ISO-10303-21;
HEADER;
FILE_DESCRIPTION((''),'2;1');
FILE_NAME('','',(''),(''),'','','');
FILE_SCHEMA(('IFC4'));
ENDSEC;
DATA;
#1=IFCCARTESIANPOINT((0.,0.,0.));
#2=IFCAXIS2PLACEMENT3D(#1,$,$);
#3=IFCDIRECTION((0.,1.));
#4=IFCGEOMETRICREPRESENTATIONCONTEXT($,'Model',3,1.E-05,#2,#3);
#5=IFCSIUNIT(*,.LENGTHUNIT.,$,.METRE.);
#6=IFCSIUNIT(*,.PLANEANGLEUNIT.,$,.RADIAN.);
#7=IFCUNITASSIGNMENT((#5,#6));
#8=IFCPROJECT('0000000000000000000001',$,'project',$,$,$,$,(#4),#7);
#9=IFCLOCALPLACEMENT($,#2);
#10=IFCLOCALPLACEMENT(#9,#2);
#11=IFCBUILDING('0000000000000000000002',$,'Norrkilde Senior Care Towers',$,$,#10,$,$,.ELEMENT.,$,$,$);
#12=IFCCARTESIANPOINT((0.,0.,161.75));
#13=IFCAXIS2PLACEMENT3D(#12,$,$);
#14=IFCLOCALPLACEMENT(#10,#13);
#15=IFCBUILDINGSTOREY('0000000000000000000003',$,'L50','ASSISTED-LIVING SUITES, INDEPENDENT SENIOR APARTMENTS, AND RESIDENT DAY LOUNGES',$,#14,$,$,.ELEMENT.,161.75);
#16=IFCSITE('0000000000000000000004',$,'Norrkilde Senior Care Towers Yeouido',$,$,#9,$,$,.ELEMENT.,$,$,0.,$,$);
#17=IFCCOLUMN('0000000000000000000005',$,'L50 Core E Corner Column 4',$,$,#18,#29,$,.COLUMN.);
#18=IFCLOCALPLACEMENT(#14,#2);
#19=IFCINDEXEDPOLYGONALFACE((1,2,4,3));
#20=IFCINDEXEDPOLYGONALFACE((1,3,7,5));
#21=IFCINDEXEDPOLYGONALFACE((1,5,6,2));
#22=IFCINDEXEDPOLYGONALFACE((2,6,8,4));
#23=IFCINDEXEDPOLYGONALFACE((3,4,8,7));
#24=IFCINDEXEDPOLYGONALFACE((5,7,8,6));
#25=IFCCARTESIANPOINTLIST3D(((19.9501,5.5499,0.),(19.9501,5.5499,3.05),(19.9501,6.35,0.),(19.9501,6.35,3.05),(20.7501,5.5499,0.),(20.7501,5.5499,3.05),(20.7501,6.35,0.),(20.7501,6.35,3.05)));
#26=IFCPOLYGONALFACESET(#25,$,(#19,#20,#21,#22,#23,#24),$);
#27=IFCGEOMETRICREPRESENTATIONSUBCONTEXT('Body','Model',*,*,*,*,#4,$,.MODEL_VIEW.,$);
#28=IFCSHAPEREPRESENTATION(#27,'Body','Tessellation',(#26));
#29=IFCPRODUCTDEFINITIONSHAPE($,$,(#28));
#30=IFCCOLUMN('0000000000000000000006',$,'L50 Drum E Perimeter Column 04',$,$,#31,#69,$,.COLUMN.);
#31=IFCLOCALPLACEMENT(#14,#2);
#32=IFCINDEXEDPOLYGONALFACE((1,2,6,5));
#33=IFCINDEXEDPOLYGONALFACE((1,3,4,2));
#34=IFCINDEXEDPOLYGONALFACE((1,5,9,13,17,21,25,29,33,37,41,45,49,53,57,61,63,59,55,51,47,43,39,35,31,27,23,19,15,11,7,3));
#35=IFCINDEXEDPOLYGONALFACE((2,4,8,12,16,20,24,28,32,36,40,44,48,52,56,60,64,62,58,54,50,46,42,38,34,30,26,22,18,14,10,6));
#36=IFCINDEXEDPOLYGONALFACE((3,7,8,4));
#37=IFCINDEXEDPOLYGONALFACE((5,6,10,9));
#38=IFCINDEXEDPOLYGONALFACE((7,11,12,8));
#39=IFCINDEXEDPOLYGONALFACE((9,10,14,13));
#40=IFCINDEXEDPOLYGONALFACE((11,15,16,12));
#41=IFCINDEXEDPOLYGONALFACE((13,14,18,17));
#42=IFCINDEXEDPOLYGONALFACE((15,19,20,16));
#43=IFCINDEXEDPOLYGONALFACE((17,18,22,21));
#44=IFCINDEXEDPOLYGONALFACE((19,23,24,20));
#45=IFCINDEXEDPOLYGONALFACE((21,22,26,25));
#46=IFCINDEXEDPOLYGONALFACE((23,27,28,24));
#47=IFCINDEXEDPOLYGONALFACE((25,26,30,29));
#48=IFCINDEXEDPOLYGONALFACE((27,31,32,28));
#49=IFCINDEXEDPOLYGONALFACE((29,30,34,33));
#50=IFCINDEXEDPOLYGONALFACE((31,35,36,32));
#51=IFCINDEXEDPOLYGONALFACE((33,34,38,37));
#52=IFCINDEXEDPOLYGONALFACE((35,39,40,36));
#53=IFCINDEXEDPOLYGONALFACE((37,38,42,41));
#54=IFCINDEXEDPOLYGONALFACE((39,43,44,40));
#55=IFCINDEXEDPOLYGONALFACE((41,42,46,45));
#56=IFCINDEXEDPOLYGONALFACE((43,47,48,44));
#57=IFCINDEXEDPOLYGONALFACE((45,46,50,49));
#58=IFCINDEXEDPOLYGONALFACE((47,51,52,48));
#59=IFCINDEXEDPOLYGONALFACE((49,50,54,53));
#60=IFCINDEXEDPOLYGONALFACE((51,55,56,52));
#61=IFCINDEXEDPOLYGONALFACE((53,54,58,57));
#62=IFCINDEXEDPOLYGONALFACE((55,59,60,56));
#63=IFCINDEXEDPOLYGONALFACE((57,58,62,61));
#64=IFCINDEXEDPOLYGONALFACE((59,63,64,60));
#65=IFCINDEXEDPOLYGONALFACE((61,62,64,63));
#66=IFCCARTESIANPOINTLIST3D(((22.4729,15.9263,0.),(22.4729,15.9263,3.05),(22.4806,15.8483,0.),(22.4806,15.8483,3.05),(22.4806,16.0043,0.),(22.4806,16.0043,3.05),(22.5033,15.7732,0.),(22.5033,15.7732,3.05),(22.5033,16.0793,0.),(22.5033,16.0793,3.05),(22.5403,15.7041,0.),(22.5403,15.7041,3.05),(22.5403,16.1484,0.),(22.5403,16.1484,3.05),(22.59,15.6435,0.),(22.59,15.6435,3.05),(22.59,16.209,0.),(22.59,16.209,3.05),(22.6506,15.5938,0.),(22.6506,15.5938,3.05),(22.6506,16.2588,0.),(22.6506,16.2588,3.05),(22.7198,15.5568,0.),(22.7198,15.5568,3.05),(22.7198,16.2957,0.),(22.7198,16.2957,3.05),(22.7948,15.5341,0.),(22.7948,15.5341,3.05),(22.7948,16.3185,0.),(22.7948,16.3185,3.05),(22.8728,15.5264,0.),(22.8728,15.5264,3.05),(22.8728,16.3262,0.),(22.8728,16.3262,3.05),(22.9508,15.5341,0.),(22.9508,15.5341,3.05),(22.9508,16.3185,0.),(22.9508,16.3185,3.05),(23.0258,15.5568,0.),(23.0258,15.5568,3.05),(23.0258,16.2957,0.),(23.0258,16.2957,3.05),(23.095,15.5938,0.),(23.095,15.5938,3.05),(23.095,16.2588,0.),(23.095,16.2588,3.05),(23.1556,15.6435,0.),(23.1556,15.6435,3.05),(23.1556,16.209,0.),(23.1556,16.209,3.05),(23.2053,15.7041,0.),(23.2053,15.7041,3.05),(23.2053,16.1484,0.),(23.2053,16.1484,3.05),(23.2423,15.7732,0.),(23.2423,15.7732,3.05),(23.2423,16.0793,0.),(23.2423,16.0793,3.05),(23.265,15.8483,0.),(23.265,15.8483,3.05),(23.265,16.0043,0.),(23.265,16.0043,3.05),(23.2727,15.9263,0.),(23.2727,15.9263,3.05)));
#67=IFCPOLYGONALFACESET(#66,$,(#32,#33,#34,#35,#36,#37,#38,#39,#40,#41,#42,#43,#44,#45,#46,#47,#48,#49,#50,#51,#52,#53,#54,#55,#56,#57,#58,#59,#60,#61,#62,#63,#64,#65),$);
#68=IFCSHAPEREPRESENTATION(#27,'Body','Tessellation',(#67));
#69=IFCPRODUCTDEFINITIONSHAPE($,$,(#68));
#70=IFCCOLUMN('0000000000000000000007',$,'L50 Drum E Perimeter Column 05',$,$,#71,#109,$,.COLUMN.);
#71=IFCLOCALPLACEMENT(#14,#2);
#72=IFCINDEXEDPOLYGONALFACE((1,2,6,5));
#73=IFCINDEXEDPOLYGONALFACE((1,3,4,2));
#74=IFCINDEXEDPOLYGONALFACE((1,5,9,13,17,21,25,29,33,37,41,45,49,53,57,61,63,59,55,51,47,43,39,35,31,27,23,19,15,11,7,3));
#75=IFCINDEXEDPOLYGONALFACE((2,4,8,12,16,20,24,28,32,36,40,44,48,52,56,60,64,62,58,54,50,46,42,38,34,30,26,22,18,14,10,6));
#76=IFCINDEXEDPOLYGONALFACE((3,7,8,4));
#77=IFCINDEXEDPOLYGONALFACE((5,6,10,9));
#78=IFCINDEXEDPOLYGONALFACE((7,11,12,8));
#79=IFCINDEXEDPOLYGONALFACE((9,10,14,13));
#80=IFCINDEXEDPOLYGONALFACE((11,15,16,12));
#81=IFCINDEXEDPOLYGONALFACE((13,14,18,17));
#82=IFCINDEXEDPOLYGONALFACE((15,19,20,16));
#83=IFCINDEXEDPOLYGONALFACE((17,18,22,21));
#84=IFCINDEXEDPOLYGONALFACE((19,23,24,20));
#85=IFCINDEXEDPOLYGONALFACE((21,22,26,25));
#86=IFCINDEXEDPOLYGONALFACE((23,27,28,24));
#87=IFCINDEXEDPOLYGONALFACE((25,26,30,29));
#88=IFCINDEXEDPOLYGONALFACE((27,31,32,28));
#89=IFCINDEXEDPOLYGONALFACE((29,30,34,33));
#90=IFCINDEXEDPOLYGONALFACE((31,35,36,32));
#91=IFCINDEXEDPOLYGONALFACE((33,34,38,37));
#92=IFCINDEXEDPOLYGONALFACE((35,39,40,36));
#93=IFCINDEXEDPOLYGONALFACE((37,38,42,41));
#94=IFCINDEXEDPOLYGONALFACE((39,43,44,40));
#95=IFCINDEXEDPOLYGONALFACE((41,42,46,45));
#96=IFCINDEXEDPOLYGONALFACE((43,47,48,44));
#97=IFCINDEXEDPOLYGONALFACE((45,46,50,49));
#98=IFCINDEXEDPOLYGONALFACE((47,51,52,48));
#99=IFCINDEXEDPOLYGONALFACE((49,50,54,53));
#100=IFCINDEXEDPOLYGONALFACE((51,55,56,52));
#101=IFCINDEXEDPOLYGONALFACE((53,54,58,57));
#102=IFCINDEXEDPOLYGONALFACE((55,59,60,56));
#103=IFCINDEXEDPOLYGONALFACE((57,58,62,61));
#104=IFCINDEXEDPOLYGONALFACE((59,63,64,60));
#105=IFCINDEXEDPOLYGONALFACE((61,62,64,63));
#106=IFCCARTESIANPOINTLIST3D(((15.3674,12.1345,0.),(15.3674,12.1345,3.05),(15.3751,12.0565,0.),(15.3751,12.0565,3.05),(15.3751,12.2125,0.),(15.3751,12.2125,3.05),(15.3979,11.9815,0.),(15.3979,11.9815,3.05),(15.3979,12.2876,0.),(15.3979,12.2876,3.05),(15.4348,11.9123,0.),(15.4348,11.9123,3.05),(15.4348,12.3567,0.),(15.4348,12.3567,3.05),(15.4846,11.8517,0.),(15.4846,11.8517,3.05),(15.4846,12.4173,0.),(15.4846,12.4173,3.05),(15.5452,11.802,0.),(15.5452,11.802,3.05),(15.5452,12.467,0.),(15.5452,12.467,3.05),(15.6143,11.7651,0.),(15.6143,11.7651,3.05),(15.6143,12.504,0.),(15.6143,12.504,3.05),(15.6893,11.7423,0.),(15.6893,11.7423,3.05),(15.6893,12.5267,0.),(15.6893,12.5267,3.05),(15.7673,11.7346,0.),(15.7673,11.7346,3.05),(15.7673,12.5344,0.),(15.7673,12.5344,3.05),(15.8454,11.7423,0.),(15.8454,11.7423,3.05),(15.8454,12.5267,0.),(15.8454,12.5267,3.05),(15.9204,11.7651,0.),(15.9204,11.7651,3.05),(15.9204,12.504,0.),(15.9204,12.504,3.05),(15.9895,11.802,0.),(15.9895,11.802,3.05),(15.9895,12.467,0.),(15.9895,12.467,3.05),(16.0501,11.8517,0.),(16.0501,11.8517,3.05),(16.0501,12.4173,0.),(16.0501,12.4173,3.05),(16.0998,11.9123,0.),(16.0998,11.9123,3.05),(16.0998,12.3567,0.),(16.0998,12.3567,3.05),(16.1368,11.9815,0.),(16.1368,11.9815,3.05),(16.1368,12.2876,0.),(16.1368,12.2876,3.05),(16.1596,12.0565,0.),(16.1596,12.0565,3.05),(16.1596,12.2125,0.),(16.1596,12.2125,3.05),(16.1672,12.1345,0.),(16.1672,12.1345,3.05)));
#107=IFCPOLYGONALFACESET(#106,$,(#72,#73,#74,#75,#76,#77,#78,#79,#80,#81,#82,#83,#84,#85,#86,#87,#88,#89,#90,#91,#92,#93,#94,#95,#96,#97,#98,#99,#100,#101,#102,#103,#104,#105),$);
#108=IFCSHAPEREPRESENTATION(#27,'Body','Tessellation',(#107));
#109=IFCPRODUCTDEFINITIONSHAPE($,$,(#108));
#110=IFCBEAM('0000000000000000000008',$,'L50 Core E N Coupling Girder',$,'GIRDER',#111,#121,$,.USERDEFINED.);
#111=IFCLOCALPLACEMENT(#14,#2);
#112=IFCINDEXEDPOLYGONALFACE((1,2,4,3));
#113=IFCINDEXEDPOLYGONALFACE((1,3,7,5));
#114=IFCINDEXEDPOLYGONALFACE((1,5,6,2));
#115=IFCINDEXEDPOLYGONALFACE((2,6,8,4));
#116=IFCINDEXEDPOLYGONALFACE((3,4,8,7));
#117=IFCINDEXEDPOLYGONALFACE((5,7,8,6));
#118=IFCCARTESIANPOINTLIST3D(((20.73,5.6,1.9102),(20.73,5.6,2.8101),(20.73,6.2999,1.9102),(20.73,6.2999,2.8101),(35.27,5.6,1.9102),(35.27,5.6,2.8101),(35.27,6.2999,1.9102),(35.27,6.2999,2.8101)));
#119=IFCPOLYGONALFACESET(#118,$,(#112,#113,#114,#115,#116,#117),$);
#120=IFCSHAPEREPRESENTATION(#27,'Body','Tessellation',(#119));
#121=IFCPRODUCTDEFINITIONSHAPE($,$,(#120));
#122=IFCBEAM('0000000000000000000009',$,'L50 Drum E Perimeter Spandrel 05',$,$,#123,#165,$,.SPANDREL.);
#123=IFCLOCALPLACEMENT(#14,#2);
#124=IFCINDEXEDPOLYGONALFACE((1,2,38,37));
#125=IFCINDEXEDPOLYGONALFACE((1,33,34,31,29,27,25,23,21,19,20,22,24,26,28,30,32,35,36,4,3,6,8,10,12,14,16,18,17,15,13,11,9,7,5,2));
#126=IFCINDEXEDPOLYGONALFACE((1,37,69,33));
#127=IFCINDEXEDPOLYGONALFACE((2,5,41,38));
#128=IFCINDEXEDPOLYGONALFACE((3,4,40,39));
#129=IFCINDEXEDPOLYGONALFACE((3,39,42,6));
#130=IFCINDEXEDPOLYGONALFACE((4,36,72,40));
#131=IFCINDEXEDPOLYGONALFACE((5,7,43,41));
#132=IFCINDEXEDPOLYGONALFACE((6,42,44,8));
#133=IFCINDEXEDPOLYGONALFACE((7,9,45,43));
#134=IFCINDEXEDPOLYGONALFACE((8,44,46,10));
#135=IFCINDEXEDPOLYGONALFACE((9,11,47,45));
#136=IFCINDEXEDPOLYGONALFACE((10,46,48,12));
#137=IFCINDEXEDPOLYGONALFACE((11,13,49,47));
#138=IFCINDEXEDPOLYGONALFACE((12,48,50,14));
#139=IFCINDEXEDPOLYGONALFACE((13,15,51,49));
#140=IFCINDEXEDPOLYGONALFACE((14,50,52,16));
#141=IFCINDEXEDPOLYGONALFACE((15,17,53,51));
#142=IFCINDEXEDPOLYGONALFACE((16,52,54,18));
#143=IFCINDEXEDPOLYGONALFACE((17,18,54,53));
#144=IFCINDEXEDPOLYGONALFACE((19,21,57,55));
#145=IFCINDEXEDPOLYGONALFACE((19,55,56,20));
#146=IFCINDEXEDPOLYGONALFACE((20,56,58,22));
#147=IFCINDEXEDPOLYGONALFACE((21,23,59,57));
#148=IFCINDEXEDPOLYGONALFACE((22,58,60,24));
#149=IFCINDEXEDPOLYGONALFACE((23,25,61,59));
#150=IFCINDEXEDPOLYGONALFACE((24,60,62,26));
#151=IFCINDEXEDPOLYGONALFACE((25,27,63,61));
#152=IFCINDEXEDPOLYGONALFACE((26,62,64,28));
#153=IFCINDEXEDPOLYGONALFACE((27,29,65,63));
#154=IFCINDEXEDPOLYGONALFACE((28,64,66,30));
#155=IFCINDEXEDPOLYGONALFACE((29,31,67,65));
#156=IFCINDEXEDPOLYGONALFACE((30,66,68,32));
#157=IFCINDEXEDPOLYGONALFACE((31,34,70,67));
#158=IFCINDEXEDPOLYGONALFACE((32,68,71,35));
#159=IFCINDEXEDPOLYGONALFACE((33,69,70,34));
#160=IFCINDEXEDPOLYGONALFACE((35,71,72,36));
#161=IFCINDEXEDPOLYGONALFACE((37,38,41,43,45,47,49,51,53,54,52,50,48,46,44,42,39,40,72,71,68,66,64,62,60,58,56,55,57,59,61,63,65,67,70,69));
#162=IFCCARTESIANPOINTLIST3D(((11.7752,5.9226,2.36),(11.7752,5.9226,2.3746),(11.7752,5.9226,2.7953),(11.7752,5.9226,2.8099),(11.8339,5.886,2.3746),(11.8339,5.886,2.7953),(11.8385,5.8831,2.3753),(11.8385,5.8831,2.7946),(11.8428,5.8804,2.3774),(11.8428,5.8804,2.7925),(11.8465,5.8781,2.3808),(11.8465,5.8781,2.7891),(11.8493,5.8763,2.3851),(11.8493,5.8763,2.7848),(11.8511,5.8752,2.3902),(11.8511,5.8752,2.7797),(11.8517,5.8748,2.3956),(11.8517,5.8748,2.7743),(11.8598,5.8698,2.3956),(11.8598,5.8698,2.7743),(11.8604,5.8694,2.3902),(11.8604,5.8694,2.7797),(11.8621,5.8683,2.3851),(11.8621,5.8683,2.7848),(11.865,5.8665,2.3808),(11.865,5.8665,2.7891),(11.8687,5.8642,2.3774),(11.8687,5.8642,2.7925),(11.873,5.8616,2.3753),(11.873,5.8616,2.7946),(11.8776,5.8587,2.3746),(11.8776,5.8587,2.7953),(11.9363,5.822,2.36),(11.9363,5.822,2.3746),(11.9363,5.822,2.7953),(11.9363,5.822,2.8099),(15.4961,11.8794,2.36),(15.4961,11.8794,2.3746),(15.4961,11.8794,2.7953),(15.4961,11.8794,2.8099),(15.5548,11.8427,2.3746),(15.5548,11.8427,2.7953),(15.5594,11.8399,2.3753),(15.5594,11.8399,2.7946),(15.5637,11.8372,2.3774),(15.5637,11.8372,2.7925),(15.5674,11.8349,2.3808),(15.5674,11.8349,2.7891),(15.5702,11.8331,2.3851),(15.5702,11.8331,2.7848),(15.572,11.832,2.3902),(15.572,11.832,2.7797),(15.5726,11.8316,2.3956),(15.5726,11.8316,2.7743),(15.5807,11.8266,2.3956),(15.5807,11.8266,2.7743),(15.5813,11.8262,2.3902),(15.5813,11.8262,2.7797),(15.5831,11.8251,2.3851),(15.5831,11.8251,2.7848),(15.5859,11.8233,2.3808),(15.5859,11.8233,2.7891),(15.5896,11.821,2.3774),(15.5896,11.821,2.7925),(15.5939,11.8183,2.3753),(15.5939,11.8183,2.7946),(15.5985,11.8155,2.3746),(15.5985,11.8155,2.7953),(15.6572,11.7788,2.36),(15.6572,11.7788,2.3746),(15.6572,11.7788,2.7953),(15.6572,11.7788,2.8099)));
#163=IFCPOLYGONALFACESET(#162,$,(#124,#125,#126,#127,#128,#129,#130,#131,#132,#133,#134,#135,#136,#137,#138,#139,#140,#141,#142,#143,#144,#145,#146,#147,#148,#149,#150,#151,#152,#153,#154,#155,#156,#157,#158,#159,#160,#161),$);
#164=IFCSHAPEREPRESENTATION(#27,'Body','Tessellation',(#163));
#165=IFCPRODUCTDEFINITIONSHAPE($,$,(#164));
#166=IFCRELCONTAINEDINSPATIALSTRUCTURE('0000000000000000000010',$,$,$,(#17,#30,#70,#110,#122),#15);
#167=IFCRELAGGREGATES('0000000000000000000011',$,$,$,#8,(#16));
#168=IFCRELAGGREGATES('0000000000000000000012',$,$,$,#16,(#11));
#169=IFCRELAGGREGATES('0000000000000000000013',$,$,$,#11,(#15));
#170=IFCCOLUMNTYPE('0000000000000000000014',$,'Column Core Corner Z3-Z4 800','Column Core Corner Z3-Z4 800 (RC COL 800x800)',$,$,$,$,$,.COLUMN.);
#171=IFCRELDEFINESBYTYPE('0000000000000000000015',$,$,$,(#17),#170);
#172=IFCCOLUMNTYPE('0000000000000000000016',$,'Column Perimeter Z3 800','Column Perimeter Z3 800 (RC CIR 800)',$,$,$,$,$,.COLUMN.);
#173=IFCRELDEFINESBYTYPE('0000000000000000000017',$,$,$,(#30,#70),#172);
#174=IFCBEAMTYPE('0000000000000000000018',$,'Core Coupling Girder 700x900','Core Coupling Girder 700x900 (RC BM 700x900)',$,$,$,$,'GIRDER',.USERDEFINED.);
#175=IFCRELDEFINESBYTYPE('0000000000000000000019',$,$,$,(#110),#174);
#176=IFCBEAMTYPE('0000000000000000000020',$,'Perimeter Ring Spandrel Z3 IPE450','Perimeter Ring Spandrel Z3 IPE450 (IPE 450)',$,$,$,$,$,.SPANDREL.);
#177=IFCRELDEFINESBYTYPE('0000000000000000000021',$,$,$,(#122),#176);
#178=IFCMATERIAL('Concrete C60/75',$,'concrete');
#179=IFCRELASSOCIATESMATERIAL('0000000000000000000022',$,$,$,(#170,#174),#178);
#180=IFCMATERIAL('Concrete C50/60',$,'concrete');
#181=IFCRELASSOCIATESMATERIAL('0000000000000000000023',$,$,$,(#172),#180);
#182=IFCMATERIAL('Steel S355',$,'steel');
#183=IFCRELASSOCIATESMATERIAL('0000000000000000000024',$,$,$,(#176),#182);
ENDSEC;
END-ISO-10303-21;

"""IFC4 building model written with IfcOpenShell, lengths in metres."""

from ifc_helpers import new_model, si_unit, direction, frame, origin, origin_2d, place, context, subcontext, project, spatial, rectangle, circle, i_section, extrude, source, transform, mapped, material, material_profile, profile_set, type_object, type_shapes, element, save


model = new_model("IFC4")

# Units and contexts
model_context = context("Model", 3, precision=1e-05, world=origin(), true_north=direction((0.0, 1.0)))
body_context = subcontext(model_context, "Body", "Model", "MODEL_VIEW")
ifc_project = project(units=[si_unit("LENGTHUNIT", "METRE"), si_unit("PLANEANGLEUNIT", "RADIAN")], contexts=[model_context])

# Site, building, storey
site_placement = place(None, origin())
site = spatial("IfcSite", under=ifc_project, at=site_placement, Name="Norrkilde Senior Care Towers Yeouido", CompositionType="ELEMENT", RefElevation=0.0)
building_placement = place(site_placement, origin())
building = spatial("IfcBuilding", under=site, at=building_placement, Name="Norrkilde Senior Care Towers", CompositionType="ELEMENT")
storey_placement = place(building_placement, frame((0.0, 0.0, 161.75)))
storey = spatial("IfcBuildingStorey", under=building, at=storey_placement, Name="L50", Description="ASSISTED-LIVING SUITES, INDEPENDENT SENIOR APARTMENTS, AND RESIDENT DAY LOUNGES", CompositionType="ELEMENT", Elevation=161.75)

# Columns
ifc_material_1 = material(Name="Concrete C60/75", Category="concrete")
ifc_material_profile_1 = material_profile(ifc_material_1, rectangle(XDim=0.8, YDim=0.8, at=origin_2d()), Name="RC COL 800x800")
ifc_profile_set_1 = profile_set([ifc_material_profile_1], Name="Concrete C60/75")
column_type_1 = type_object("IfcColumnType", Name="Column Core Corner Z3-Z4 800", Description="Column Core Corner Z3-Z4 800 (RC COL 800x800)", PredefinedType="COLUMN", material=ifc_profile_set_1)
shared_shape_1 = source(origin(), body_context, "Body", "SweptSolid", [
    extrude(rectangle(XDim=0.8, YDim=0.8, at=origin_2d()), origin(), (0.0, 0.0, 1.0), 3.05),
])
type_shapes(column_type_1, [shared_shape_1])
column_placement = place(storey_placement, frame((20.3501, 5.95, 0.0), z_axis=(0.0, 0.0, 1.0), x_axis=(1.0, 0.0, 0.0)))
element("IfcColumn", 1, at=column_placement, inside=storey, type_object=column_type_1, Name="L50 Core E Corner Column 4", PredefinedType="COLUMN", context=body_context, shape_type="MappedRepresentation", body=[
    mapped(shared_shape_1, transform((0.0, 0.0, 0.0), x_axis=(1.0, 0.0, 0.0), y_axis=(0.0, 1.0, 0.0), z_axis=(0.0, 0.0, 1.0), scale=1.0)),
])
ifc_material_2 = material(Name="Concrete C50/60", Category="concrete")
ifc_material_profile_2 = material_profile(ifc_material_2, circle(Radius=0.3999, at=origin_2d()), Name="RC CIR 800")
ifc_profile_set_2 = profile_set([ifc_material_profile_2], Name="Concrete C50/60")
column_type_2 = type_object("IfcColumnType", Name="Column Perimeter Z3 800", Description="Column Perimeter Z3 800 (RC CIR 800)", PredefinedType="COLUMN", material=ifc_profile_set_2)
shared_shape_2 = source(origin(), body_context, "Body", "SweptSolid", [
    extrude(circle(Radius=0.3999, at=origin_2d()), origin(), (0.0, 0.0, 1.0), 3.05),
])
type_shapes(column_type_2, [shared_shape_2])
for number, where, z_axis, x_axis, name in (
    (2, (22.8728, 15.9263, 0.0), (0.0, 0.0, 1.0), (1.0, 0.0, 0.0), "L50 Drum E Perimeter Column 04"),
    (3, (15.7673, 12.1345, 0.0), (0.0, 0.0, 1.0), (1.0, 0.0, 0.0), "L50 Drum E Perimeter Column 05"),
):
    element("IfcColumn", number, at=place(storey_placement, frame(where, z_axis=z_axis, x_axis=x_axis)), inside=storey, type_object=column_type_2, Name=name, PredefinedType="COLUMN", context=body_context, shape_type="MappedRepresentation", body=[
        mapped(shared_shape_2, transform((0.0, 0.0, 0.0), x_axis=(1.0, 0.0, 0.0), y_axis=(0.0, 1.0, 0.0), z_axis=(0.0, 0.0, 1.0), scale=1.0)),
    ])

# Beams
ifc_material_profile_3 = material_profile(ifc_material_1, rectangle(XDim=0.7, YDim=0.8999, at=origin_2d()), Name="RC BM 700x900")
ifc_profile_set_3 = profile_set([ifc_material_profile_3], Name="Concrete C60/75")
beam_type_1 = type_object("IfcBeamType", Name="Core Coupling Girder 700x900", Description="Core Coupling Girder 700x900 (RC BM 700x900)", ElementType="GIRDER", PredefinedType="USERDEFINED", material=ifc_profile_set_3)
shared_shape_3 = source(origin(), body_context, "Body", "SweptSolid", [
    extrude(rectangle(XDim=0.7, YDim=0.8999, at=origin_2d()), origin(), (0.0, 0.0, 1.0), 14.54),
])
type_shapes(beam_type_1, [shared_shape_3])
beam_1_placement = place(storey_placement, frame((20.73, 5.95, 2.3601), z_axis=(1.0, 0.0, 0.0), x_axis=(0.0, 1.0, 0.0)))
element("IfcBeam", 4, at=beam_1_placement, inside=storey, type_object=beam_type_1, Name="L50 Core E N Coupling Girder", ObjectType="GIRDER", PredefinedType="USERDEFINED", context=body_context, shape_type="MappedRepresentation", body=[
    mapped(shared_shape_3, transform((0.0, 0.0, 0.0), x_axis=(1.0, 0.0, 0.0), y_axis=(0.0, 1.0, 0.0), z_axis=(0.0, 0.0, 1.0), scale=1.0)),
])
ifc_material_3 = material(Name="Steel S355", Category="steel")
ifc_material_profile_4 = material_profile(ifc_material_3, i_section(OverallWidth=0.1899, OverallDepth=0.45, WebThickness=0.0095, FlangeThickness=0.0146, FilletRadius=0.021, at=origin_2d()), Name="IPE 450")
ifc_profile_set_4 = profile_set([ifc_material_profile_4], Name="Steel S355")
beam_type_2 = type_object("IfcBeamType", Name="Perimeter Ring Spandrel Z3 IPE450", Description="Perimeter Ring Spandrel Z3 IPE450 (IPE 450)", PredefinedType="SPANDREL", material=ifc_profile_set_4)
shared_shape_4 = source(origin(), body_context, "Body", "SweptSolid", [
    extrude(i_section(OverallWidth=0.1899, OverallDepth=0.45, WebThickness=0.0095, FlangeThickness=0.0146, FilletRadius=0.021, at=origin_2d()), origin(), (0.0, 0.0, 1.0), 7.0234),
])
beam_2_placement = place(storey_placement, frame((15.5767, 11.8291, 2.585), z_axis=(-0.52979, -0.848129, 0.0), x_axis=(0.848129, -0.52979, 0.0)))
element("IfcBeam", 5, at=beam_2_placement, inside=storey, type_object=beam_type_2, Name="L50 Drum E Perimeter Spandrel 05", PredefinedType="SPANDREL", context=body_context, shape_type="MappedRepresentation", body=[
    mapped(shared_shape_4, transform((0.0, 0.0, 0.0), x_axis=(1.0, 0.0, 0.0), y_axis=(0.0, 1.0, 0.0), z_axis=(0.0, 0.0, 1.0), scale=1.0)),
])

save(model, "model.ifc")
